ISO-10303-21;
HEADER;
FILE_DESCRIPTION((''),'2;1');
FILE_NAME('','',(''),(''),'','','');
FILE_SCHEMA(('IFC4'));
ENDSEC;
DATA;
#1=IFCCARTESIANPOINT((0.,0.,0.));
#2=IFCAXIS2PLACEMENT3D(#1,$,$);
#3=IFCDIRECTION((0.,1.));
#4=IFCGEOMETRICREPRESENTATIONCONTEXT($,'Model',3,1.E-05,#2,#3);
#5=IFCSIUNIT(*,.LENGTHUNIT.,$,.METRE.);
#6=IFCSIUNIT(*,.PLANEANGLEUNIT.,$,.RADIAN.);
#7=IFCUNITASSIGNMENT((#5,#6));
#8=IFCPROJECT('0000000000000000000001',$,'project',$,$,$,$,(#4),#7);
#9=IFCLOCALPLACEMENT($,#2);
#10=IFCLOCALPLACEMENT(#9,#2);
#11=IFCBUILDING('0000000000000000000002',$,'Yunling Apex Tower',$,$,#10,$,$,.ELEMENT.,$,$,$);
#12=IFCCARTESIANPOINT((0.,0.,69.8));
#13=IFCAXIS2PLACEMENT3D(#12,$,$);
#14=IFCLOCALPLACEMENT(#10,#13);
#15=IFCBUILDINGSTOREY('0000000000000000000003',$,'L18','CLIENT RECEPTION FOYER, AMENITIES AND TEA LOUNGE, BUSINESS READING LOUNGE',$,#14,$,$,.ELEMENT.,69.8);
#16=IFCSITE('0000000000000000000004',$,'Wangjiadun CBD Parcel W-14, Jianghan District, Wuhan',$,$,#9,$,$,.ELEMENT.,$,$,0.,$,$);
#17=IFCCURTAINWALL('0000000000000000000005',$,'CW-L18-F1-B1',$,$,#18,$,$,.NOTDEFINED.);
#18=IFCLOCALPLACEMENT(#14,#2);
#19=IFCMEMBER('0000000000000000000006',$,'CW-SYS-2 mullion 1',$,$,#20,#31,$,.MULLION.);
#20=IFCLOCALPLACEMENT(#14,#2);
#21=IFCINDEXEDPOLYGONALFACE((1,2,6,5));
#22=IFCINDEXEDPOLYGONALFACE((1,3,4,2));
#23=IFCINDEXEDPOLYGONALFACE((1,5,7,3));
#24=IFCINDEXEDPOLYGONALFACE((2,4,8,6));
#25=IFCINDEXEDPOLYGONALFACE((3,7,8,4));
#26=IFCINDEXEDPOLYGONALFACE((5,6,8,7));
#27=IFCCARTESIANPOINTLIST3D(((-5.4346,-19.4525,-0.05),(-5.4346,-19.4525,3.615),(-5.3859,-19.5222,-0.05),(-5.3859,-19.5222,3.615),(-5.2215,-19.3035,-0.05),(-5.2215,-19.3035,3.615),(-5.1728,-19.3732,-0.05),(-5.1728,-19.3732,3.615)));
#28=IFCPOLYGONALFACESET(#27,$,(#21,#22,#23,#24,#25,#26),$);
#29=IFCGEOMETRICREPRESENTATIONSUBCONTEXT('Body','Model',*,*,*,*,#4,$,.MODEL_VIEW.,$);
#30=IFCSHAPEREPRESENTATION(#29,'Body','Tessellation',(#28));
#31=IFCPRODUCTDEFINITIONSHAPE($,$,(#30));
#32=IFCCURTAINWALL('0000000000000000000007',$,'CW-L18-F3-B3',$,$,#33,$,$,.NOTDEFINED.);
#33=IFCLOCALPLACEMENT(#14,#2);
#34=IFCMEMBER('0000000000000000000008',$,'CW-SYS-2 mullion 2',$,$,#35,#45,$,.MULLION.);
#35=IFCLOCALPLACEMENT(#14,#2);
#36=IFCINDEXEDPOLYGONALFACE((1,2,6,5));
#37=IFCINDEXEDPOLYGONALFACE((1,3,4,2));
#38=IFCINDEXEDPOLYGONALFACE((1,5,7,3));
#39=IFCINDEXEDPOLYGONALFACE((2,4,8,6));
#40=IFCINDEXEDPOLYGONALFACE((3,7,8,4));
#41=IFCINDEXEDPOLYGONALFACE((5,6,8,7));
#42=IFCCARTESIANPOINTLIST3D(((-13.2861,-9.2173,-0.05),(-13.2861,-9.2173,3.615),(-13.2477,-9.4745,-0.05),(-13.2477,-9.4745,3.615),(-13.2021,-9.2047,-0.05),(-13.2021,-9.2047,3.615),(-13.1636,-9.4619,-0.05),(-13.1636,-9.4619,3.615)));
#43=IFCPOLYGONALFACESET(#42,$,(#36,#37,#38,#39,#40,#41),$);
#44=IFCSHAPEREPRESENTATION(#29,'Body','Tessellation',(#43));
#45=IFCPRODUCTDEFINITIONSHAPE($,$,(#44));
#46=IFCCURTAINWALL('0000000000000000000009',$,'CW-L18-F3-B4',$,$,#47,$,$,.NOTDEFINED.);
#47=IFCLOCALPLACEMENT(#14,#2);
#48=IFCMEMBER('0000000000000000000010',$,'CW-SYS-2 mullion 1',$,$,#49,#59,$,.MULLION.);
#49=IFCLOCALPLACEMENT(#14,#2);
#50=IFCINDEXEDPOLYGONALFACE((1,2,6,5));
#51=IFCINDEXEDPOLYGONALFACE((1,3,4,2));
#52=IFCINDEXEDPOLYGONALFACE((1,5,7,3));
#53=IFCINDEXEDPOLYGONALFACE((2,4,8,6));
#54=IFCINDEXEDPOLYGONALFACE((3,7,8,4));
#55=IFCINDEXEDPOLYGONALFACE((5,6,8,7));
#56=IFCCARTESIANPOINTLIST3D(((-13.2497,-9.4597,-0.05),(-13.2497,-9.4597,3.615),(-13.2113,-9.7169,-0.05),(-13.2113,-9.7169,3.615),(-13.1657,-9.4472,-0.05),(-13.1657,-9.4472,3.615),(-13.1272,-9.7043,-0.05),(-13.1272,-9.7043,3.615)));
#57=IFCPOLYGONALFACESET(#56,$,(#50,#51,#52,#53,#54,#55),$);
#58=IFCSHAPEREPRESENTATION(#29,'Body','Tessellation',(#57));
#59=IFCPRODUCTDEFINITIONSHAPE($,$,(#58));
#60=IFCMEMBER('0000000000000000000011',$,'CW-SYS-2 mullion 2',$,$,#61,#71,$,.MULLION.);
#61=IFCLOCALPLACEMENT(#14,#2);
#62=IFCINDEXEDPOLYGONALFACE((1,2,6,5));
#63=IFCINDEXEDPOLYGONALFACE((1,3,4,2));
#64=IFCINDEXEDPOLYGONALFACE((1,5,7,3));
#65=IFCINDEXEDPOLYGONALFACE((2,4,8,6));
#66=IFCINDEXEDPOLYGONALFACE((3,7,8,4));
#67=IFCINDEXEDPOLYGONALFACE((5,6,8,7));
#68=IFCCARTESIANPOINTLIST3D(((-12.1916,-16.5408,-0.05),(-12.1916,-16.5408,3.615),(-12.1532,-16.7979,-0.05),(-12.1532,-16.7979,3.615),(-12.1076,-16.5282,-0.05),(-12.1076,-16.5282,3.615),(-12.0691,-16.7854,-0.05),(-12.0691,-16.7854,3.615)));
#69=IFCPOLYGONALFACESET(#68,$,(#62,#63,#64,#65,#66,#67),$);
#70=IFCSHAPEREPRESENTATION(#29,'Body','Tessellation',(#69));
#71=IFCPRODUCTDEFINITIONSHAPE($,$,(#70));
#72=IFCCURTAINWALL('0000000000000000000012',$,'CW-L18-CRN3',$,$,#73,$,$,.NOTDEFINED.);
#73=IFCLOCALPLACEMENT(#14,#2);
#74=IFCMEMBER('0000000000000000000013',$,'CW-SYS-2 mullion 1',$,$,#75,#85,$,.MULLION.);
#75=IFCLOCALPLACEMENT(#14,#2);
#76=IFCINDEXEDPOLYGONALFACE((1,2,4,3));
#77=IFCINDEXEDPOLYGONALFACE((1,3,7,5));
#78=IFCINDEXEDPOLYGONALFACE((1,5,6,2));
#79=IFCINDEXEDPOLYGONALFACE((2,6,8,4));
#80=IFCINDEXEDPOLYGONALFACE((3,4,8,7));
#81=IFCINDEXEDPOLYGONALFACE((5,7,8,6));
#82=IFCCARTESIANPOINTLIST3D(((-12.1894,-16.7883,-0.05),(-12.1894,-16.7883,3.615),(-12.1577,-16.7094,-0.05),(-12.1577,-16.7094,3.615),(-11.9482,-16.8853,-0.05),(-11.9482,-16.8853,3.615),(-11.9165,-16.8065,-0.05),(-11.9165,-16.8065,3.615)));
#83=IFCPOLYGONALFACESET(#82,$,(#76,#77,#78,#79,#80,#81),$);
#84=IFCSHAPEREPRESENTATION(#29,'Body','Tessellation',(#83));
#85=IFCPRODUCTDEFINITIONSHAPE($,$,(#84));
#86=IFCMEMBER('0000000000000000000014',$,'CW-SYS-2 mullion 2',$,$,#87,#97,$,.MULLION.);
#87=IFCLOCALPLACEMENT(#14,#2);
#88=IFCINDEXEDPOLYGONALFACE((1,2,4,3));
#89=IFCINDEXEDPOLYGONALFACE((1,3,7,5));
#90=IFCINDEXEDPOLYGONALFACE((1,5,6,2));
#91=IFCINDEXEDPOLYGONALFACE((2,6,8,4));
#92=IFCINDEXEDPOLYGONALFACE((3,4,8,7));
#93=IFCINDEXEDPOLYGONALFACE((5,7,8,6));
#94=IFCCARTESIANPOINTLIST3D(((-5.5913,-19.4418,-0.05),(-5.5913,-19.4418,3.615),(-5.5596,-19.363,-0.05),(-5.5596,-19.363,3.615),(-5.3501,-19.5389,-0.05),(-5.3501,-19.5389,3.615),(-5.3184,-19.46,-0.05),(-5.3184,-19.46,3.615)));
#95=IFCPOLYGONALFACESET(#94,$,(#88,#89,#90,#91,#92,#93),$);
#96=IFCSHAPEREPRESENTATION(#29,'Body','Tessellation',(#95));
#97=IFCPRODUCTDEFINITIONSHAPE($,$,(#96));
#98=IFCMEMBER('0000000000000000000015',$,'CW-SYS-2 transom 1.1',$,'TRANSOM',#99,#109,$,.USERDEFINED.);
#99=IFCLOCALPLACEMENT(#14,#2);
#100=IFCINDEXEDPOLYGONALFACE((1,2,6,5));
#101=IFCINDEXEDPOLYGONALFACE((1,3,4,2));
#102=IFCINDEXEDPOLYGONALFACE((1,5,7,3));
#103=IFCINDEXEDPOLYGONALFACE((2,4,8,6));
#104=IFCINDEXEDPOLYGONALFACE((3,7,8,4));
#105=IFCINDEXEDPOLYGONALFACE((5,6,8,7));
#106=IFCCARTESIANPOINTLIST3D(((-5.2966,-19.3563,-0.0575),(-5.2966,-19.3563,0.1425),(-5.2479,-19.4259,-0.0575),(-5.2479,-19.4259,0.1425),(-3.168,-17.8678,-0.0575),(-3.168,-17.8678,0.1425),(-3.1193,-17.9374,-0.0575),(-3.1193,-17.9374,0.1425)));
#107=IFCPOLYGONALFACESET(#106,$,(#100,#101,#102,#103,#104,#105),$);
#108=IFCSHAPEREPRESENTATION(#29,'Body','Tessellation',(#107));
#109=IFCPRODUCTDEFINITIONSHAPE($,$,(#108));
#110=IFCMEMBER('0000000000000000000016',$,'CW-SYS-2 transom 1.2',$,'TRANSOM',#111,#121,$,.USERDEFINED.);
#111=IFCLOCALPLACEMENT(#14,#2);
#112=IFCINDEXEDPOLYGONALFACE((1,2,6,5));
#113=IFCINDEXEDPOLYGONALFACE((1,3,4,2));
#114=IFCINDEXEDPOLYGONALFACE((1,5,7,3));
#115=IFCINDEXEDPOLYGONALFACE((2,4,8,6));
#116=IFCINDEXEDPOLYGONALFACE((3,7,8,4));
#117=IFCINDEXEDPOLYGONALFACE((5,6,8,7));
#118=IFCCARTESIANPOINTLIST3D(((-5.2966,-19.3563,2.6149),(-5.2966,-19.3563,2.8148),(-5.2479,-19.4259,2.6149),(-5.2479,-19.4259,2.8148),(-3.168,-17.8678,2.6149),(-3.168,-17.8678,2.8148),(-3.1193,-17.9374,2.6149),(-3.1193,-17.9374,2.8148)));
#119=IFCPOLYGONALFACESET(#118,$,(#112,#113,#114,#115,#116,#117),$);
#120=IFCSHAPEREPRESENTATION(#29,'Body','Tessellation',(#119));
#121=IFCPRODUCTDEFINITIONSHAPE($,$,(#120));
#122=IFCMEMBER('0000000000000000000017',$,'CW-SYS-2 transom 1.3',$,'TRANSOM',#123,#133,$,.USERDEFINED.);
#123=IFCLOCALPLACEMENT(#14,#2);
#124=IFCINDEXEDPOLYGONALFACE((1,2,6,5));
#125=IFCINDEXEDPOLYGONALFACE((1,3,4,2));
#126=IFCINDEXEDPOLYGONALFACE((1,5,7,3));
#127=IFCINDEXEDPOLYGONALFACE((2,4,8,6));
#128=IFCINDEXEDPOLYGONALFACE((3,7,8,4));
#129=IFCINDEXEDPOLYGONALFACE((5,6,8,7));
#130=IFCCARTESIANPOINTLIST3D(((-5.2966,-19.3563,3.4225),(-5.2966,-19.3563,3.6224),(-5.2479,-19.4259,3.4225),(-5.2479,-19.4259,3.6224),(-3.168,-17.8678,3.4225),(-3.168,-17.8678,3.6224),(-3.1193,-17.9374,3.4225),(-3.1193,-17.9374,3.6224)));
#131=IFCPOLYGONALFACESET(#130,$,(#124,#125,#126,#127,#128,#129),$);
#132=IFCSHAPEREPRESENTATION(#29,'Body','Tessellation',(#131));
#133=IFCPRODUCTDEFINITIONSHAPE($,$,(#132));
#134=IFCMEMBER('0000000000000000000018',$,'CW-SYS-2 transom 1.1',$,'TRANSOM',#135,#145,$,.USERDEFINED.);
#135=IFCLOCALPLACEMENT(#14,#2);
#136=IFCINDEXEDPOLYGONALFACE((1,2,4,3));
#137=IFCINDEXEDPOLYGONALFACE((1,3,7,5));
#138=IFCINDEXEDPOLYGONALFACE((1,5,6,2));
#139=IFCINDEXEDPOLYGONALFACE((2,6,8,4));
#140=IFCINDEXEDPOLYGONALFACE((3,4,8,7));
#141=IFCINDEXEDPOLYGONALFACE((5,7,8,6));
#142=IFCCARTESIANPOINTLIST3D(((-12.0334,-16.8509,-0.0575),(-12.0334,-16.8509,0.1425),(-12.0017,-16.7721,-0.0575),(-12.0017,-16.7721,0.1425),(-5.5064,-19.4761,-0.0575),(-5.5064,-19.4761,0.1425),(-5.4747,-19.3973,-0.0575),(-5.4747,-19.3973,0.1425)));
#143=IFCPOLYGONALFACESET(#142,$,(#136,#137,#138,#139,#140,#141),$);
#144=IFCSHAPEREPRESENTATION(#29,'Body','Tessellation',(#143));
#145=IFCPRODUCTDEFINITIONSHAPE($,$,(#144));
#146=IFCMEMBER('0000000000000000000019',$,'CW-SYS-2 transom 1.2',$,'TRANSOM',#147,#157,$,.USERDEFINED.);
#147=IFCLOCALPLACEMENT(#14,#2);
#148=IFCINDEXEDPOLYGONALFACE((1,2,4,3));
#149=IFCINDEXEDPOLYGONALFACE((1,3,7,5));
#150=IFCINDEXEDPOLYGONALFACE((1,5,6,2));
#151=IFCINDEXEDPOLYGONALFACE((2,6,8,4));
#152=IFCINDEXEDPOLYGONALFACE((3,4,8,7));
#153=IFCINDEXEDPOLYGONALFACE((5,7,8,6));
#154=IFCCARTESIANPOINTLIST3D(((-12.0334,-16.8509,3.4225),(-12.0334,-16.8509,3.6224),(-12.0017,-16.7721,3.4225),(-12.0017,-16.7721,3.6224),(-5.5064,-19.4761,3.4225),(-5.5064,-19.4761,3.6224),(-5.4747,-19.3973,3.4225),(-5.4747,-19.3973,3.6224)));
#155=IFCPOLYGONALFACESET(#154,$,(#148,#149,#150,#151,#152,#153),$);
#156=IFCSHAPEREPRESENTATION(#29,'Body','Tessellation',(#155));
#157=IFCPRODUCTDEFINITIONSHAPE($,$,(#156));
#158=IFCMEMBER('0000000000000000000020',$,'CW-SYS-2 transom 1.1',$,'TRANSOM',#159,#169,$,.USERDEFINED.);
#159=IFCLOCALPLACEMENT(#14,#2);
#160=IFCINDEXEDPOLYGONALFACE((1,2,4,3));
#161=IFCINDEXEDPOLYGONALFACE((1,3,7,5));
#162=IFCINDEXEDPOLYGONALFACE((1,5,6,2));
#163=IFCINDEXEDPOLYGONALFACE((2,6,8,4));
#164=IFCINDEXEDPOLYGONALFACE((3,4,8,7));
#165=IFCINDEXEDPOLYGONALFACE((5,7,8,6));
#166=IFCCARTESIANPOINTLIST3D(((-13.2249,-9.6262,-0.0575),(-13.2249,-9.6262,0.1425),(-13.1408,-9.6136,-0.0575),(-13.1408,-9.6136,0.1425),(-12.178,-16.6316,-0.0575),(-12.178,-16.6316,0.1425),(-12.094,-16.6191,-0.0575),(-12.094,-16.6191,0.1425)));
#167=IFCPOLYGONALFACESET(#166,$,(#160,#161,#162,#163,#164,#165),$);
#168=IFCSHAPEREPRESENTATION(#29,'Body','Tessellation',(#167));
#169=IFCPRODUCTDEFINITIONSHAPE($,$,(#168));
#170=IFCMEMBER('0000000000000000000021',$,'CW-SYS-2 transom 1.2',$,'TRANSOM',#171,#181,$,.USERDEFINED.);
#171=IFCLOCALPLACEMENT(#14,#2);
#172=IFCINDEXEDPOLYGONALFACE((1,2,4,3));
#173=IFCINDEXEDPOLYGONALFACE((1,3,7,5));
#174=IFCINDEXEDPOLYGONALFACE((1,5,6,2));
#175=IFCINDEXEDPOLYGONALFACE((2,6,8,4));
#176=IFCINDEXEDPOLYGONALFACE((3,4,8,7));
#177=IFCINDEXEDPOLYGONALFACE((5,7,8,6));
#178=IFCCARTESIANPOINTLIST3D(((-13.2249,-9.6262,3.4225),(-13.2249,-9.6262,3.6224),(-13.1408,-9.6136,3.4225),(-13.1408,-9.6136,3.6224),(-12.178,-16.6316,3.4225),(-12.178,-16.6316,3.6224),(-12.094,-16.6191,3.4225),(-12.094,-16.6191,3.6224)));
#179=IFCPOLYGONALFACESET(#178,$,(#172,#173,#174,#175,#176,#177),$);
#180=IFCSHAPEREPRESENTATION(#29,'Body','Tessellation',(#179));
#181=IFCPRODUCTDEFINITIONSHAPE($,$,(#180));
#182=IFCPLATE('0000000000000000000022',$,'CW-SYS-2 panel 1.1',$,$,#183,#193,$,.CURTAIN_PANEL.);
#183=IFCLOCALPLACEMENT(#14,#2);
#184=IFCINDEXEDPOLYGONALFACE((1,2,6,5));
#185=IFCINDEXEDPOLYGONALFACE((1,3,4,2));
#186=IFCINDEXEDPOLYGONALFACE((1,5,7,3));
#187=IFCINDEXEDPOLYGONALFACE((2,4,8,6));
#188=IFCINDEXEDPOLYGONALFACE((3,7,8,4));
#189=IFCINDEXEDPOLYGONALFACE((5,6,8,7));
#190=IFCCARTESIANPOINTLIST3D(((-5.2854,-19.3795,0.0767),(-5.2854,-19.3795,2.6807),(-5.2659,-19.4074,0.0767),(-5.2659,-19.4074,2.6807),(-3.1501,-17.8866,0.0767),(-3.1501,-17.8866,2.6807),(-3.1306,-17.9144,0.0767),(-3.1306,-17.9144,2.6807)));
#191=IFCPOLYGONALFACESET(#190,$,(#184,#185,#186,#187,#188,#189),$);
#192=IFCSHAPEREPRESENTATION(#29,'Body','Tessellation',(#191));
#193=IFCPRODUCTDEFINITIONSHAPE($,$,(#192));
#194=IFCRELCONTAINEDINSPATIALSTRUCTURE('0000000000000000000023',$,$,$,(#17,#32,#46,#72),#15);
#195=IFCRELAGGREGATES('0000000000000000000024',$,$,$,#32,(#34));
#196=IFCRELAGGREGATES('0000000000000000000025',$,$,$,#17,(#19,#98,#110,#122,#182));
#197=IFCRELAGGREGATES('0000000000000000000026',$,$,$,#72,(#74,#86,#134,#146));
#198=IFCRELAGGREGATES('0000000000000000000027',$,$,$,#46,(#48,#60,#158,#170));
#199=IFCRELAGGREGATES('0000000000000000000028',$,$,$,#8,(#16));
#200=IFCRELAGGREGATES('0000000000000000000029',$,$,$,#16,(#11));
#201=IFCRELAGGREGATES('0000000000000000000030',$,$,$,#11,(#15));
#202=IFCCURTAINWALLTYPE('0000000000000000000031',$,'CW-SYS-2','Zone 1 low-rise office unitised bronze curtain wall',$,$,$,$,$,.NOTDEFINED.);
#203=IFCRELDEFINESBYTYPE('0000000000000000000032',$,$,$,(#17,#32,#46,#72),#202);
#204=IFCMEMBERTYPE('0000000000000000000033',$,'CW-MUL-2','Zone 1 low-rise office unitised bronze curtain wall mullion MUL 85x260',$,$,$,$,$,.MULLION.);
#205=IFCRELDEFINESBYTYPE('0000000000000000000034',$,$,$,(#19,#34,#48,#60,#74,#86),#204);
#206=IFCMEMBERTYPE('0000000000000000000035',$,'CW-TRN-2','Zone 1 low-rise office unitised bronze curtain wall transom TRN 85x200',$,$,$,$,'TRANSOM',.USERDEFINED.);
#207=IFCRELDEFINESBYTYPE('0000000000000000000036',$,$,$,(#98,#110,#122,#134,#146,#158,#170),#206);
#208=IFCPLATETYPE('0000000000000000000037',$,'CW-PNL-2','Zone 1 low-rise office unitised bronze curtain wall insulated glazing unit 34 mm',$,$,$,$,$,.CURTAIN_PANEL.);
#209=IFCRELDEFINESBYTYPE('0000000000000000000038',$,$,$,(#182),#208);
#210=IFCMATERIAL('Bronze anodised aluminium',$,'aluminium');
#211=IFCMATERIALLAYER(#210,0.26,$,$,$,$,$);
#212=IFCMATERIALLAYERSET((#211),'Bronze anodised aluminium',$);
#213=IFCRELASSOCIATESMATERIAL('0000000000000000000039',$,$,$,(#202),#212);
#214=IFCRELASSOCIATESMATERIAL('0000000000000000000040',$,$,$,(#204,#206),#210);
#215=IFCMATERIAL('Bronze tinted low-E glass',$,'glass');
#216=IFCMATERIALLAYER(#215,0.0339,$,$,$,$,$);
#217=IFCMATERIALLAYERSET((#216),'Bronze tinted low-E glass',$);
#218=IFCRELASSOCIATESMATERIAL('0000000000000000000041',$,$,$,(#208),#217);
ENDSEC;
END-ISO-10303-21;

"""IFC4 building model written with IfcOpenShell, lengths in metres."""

from ifc_helpers import new_model, si_unit, direction, frame, origin, origin_2d, place, context, subcontext, project, spatial, rectangle, extrude, source, transform, mapped, material, layer, layer_set, material_profile, profile_set, type_object, element, aggregate, save


model = new_model("IFC4")

# Units and contexts
model_context = context("Model", 3, precision=1e-05, world=origin(), true_north=direction((0.0, 1.0)))
body_context = subcontext(model_context, "Body", "Model", "MODEL_VIEW")
ifc_project = project(units=[si_unit("LENGTHUNIT", "METRE"), si_unit("PLANEANGLEUNIT", "RADIAN")], contexts=[model_context])

# Site, building, storey
site_placement = place(None, origin())
site = spatial("IfcSite", under=ifc_project, at=site_placement, Name="Wangjiadun CBD Parcel W-14, Jianghan District, Wuhan", CompositionType="ELEMENT", RefElevation=0.0)
building_placement = place(site_placement, origin())
building = spatial("IfcBuilding", under=site, at=building_placement, Name="Yunling Apex Tower", CompositionType="ELEMENT")
storey_placement = place(building_placement, frame((0.0, 0.0, 69.8)))
storey = spatial("IfcBuildingStorey", under=building, at=storey_placement, Name="L18", Description="CLIENT RECEPTION FOYER, AMENITIES AND TEA LOUNGE, BUSINESS READING LOUNGE", CompositionType="ELEMENT", Elevation=69.8)

# Curtain walls, members
ifc_material_1 = material(Name="Bronze anodised aluminium", Category="aluminium")
ifc_layer_1 = layer(ifc_material_1, 0.26)
ifc_layer_set_1 = layer_set([ifc_layer_1], Name="Bronze anodised aluminium")
curtain_wall_type = type_object("IfcCurtainWallType", Name="CW-SYS-2", Description="Zone 1 low-rise office unitised bronze curtain wall", PredefinedType="NOTDEFINED", material=ifc_layer_set_1)
curtain_wall_1_placement = place(storey_placement, origin())
curtain_wall_1 = element("IfcCurtainWall", 1, at=curtain_wall_1_placement, inside=storey, type_object=curtain_wall_type, Name="CW-L18-F1-B1", PredefinedType="NOTDEFINED")
ifc_material_profile_1 = material_profile(ifc_material_1, rectangle(XDim=0.085, YDim=0.26, at=origin_2d()))
ifc_profile_set_1 = profile_set([ifc_material_profile_1], Name="Bronze anodised aluminium")
member_type_1 = type_object("IfcMemberType", Name="CW-MUL-2", Description="Zone 1 low-rise office unitised bronze curtain wall mullion MUL 85x260", PredefinedType="MULLION", material=ifc_profile_set_1)
shared_shape_1 = source(origin(), body_context, "Body", "SweptSolid", [
    extrude(rectangle(XDim=0.085, YDim=0.26, at=origin_2d()), origin(), (0.0, 0.0, 1.0), 3.665),
])
member_1_placement = place(storey_placement, frame((-5.3037, -19.4128, -0.05), z_axis=(0.0, 0.0, 1.0), x_axis=(-0.573004, 0.819552, 0.0)))
member_1 = element("IfcMember", 2, at=member_1_placement, type_object=member_type_1, Name="CW-SYS-2 mullion 1", PredefinedType="MULLION", context=body_context, shape_type="MappedRepresentation", body=[
    mapped(shared_shape_1, transform((0.0, 0.0, 0.0), scale=1.0)),
])
curtain_wall_2_placement = place(storey_placement, origin())
curtain_wall_2 = element("IfcCurtainWall", 3, at=curtain_wall_2_placement, inside=storey, type_object=curtain_wall_type, Name="CW-L18-F3-B3", PredefinedType="NOTDEFINED")
member_2_placement = place(storey_placement, frame((-13.2249, -9.3396, -0.05), z_axis=(0.0, 0.0, 1.0), x_axis=(0.989015, 0.147815, 0.0)))
member_2 = element("IfcMember", 4, at=member_2_placement, type_object=member_type_1, Name="CW-SYS-2 mullion 2", PredefinedType="MULLION", context=body_context, shape_type="MappedRepresentation", body=[
    mapped(shared_shape_1, transform((0.0, 0.0, 0.0), scale=1.0)),
])
aggregate(curtain_wall_2, [member_2])

# Curtain walls, members
curtain_wall_3_placement = place(storey_placement, origin())
curtain_wall_3 = element("IfcCurtainWall", 5, at=curtain_wall_3_placement, inside=storey, type_object=curtain_wall_type, Name="CW-L18-F3-B4", PredefinedType="NOTDEFINED")
member_3_placement = place(storey_placement, frame((-13.1885, -9.582, -0.05), z_axis=(0.0, 0.0, 1.0), x_axis=(0.989017, 0.147801, 0.0)))
member_3 = element("IfcMember", 6, at=member_3_placement, type_object=member_type_1, Name="CW-SYS-2 mullion 1", PredefinedType="MULLION", context=body_context, shape_type="MappedRepresentation", body=[
    mapped(shared_shape_1, transform((0.0, 0.0, 0.0), scale=1.0)),
])
member_4_placement = place(storey_placement, frame((-12.1304, -16.6631, -0.05), z_axis=(0.0, 0.0, 1.0), x_axis=(0.989017, 0.147801, 0.0)))
member_4 = element("IfcMember", 7, at=member_4_placement, type_object=member_type_1, Name="CW-SYS-2 mullion 2", PredefinedType="MULLION", context=body_context, shape_type="MappedRepresentation", body=[
    mapped(shared_shape_1, transform((0.0, 0.0, 0.0), scale=1.0)),
])
curtain_wall_4_placement = place(storey_placement, origin())
curtain_wall_4 = element("IfcCurtainWall", 8, at=curtain_wall_4_placement, inside=storey, type_object=curtain_wall_type, Name="CW-L18-CRN3", PredefinedType="NOTDEFINED")
member_5_placement = place(storey_placement, frame((-12.053, -16.7974, -0.05), z_axis=(0.0, 0.0, 1.0), x_axis=(0.373144, 0.927774, 0.0)))
member_5 = element("IfcMember", 9, at=member_5_placement, type_object=member_type_1, Name="CW-SYS-2 mullion 1", PredefinedType="MULLION", context=body_context, shape_type="MappedRepresentation", body=[
    mapped(shared_shape_1, transform((0.0, 0.0, 0.0), scale=1.0)),
])
member_6_placement = place(storey_placement, frame((-5.4548, -19.4509, -0.05), z_axis=(0.0, 0.0, 1.0), x_axis=(0.373144, 0.927774, 0.0)))
member_6 = element("IfcMember", 10, at=member_6_placement, type_object=member_type_1, Name="CW-SYS-2 mullion 2", PredefinedType="MULLION", context=body_context, shape_type="MappedRepresentation", body=[
    mapped(shared_shape_1, transform((0.0, 0.0, 0.0), scale=1.0)),
])

# Members
ifc_material_profile_2 = material_profile(ifc_material_1, rectangle(XDim=0.085, YDim=0.2, at=origin_2d()))
ifc_profile_set_2 = profile_set([ifc_material_profile_2], Name="Bronze anodised aluminium")
member_type_2 = type_object("IfcMemberType", Name="CW-TRN-2", Description="Zone 1 low-rise office unitised bronze curtain wall transom TRN 85x200", ElementType="TRANSOM", PredefinedType="USERDEFINED", material=ifc_profile_set_2)
shared_shape_2 = source(origin(), body_context, "Body", "SweptSolid", [
    extrude(rectangle(XDim=0.085, YDim=0.2, at=origin_2d()), origin(), (0.0, 0.0, 1.0), 2.5974),
])
member_7_placement = place(storey_placement, frame((-5.2722, -19.3911, 0.0425), z_axis=(0.81951, 0.573065, 0.0), x_axis=(-0.573065, 0.81951, 0.0)))
member_7 = element("IfcMember", 11, at=member_7_placement, type_object=member_type_2, Name="CW-SYS-2 transom 1.1", ObjectType="TRANSOM", PredefinedType="USERDEFINED", context=body_context, shape_type="MappedRepresentation", body=[
    mapped(shared_shape_2, transform((0.0, 0.0, 0.0), scale=1.0)),
])
member_8_placement = place(storey_placement, frame((-5.2722, -19.3911, 2.7148), z_axis=(0.81951, 0.573065, 0.0), x_axis=(-0.573065, 0.81951, 0.0)))
member_8 = element("IfcMember", 12, at=member_8_placement, type_object=member_type_2, Name="CW-SYS-2 transom 1.2", ObjectType="TRANSOM", PredefinedType="USERDEFINED", context=body_context, shape_type="MappedRepresentation", body=[
    mapped(shared_shape_2, transform((0.0, 0.0, 0.0), scale=1.0)),
])
member_9_placement = place(storey_placement, frame((-5.2722, -19.3911, 3.5225), z_axis=(0.81951, 0.573065, 0.0), x_axis=(-0.573065, 0.81951, 0.0)))
member_9 = element("IfcMember", 13, at=member_9_placement, type_object=member_type_2, Name="CW-SYS-2 transom 1.3", ObjectType="TRANSOM", PredefinedType="USERDEFINED", context=body_context, shape_type="MappedRepresentation", body=[
    mapped(shared_shape_2, transform((0.0, 0.0, 0.0), scale=1.0)),
])
shared_shape_3 = source(origin(), body_context, "Body", "SweptSolid", [
    extrude(rectangle(XDim=0.085, YDim=0.2, at=origin_2d()), origin(), (0.0, 0.0, 1.0), 7.0352),
])
member_10_placement = place(storey_placement, frame((-12.0176, -16.8115, 0.0425), z_axis=(0.927769, -0.373155, 0.0), x_axis=(0.373155, 0.927769, 0.0)))
member_10 = element("IfcMember", 14, at=member_10_placement, type_object=member_type_2, Name="CW-SYS-2 transom 1.1", ObjectType="TRANSOM", PredefinedType="USERDEFINED", context=body_context, shape_type="MappedRepresentation", body=[
    mapped(shared_shape_3, transform((0.0, 0.0, 0.0), scale=1.0)),
])
member_11_placement = place(storey_placement, frame((-12.0176, -16.8115, 3.5225), z_axis=(0.927769, -0.373155, 0.0), x_axis=(0.373155, 0.927769, 0.0)))
member_11 = element("IfcMember", 15, at=member_11_placement, type_object=member_type_2, Name="CW-SYS-2 transom 1.2", ObjectType="TRANSOM", PredefinedType="USERDEFINED", context=body_context, shape_type="MappedRepresentation", body=[
    mapped(shared_shape_3, transform((0.0, 0.0, 0.0), scale=1.0)),
])
shared_shape_4 = source(origin(), body_context, "Body", "SweptSolid", [
    extrude(rectangle(XDim=0.085, YDim=0.2, at=origin_2d()), origin(), (0.0, 0.0, 1.0), 7.0833),
])
member_12_placement = place(storey_placement, frame((-13.1829, -9.6199, 0.0425), z_axis=(0.147798, -0.989018, 0.0), x_axis=(0.989018, 0.147798, 0.0)))
member_12 = element("IfcMember", 16, at=member_12_placement, type_object=member_type_2, Name="CW-SYS-2 transom 1.1", ObjectType="TRANSOM", PredefinedType="USERDEFINED", context=body_context, shape_type="MappedRepresentation", body=[
    mapped(shared_shape_4, transform((0.0, 0.0, 0.0), scale=1.0)),
])
member_13_placement = place(storey_placement, frame((-13.1829, -9.6199, 3.5225), z_axis=(0.147798, -0.989018, 0.0), x_axis=(0.989018, 0.147798, 0.0)))
member_13 = element("IfcMember", 17, at=member_13_placement, type_object=member_type_2, Name="CW-SYS-2 transom 1.2", ObjectType="TRANSOM", PredefinedType="USERDEFINED", context=body_context, shape_type="MappedRepresentation", body=[
    mapped(shared_shape_4, transform((0.0, 0.0, 0.0), scale=1.0)),
])

# Plate
ifc_material_2 = material(Name="Bronze tinted low-E glass", Category="glass")
ifc_layer_2 = layer(ifc_material_2, 0.0339)
ifc_layer_set_2 = layer_set([ifc_layer_2], Name="Bronze tinted low-E glass")
plate_type = type_object("IfcPlateType", Name="CW-PNL-2", Description="Zone 1 low-rise office unitised bronze curtain wall insulated glazing unit 34 mm", PredefinedType="CURTAIN_PANEL", material=ifc_layer_set_2)
shared_shape_5 = source(origin(), body_context, "Body", "SweptSolid", [
    extrude(rectangle(XDim=2.6055, YDim=0.0339, at=origin_2d()), origin(), (0.0, 0.0, 1.0), 2.604),
])
plate_1_placement = place(storey_placement, frame((-4.208, -18.647, 0.0767), z_axis=(0.0, 0.0, 1.0), x_axis=(0.819552, 0.573004, 0.0)))
plate_1 = element("IfcPlate", 18, at=plate_1_placement, type_object=plate_type, Name="CW-SYS-2 panel 1.1", PredefinedType="CURTAIN_PANEL", context=body_context, shape_type="MappedRepresentation", body=[
    mapped(shared_shape_5, transform((0.0, 0.0, 0.0), scale=1.0)),
])
aggregate(curtain_wall_1, [member_1, member_7, member_8, member_9, plate_1])
aggregate(curtain_wall_4, [member_5, member_6, member_10, member_11])
aggregate(curtain_wall_3, [member_3, member_4, member_12, member_13])

save(model, "model.ifc")
